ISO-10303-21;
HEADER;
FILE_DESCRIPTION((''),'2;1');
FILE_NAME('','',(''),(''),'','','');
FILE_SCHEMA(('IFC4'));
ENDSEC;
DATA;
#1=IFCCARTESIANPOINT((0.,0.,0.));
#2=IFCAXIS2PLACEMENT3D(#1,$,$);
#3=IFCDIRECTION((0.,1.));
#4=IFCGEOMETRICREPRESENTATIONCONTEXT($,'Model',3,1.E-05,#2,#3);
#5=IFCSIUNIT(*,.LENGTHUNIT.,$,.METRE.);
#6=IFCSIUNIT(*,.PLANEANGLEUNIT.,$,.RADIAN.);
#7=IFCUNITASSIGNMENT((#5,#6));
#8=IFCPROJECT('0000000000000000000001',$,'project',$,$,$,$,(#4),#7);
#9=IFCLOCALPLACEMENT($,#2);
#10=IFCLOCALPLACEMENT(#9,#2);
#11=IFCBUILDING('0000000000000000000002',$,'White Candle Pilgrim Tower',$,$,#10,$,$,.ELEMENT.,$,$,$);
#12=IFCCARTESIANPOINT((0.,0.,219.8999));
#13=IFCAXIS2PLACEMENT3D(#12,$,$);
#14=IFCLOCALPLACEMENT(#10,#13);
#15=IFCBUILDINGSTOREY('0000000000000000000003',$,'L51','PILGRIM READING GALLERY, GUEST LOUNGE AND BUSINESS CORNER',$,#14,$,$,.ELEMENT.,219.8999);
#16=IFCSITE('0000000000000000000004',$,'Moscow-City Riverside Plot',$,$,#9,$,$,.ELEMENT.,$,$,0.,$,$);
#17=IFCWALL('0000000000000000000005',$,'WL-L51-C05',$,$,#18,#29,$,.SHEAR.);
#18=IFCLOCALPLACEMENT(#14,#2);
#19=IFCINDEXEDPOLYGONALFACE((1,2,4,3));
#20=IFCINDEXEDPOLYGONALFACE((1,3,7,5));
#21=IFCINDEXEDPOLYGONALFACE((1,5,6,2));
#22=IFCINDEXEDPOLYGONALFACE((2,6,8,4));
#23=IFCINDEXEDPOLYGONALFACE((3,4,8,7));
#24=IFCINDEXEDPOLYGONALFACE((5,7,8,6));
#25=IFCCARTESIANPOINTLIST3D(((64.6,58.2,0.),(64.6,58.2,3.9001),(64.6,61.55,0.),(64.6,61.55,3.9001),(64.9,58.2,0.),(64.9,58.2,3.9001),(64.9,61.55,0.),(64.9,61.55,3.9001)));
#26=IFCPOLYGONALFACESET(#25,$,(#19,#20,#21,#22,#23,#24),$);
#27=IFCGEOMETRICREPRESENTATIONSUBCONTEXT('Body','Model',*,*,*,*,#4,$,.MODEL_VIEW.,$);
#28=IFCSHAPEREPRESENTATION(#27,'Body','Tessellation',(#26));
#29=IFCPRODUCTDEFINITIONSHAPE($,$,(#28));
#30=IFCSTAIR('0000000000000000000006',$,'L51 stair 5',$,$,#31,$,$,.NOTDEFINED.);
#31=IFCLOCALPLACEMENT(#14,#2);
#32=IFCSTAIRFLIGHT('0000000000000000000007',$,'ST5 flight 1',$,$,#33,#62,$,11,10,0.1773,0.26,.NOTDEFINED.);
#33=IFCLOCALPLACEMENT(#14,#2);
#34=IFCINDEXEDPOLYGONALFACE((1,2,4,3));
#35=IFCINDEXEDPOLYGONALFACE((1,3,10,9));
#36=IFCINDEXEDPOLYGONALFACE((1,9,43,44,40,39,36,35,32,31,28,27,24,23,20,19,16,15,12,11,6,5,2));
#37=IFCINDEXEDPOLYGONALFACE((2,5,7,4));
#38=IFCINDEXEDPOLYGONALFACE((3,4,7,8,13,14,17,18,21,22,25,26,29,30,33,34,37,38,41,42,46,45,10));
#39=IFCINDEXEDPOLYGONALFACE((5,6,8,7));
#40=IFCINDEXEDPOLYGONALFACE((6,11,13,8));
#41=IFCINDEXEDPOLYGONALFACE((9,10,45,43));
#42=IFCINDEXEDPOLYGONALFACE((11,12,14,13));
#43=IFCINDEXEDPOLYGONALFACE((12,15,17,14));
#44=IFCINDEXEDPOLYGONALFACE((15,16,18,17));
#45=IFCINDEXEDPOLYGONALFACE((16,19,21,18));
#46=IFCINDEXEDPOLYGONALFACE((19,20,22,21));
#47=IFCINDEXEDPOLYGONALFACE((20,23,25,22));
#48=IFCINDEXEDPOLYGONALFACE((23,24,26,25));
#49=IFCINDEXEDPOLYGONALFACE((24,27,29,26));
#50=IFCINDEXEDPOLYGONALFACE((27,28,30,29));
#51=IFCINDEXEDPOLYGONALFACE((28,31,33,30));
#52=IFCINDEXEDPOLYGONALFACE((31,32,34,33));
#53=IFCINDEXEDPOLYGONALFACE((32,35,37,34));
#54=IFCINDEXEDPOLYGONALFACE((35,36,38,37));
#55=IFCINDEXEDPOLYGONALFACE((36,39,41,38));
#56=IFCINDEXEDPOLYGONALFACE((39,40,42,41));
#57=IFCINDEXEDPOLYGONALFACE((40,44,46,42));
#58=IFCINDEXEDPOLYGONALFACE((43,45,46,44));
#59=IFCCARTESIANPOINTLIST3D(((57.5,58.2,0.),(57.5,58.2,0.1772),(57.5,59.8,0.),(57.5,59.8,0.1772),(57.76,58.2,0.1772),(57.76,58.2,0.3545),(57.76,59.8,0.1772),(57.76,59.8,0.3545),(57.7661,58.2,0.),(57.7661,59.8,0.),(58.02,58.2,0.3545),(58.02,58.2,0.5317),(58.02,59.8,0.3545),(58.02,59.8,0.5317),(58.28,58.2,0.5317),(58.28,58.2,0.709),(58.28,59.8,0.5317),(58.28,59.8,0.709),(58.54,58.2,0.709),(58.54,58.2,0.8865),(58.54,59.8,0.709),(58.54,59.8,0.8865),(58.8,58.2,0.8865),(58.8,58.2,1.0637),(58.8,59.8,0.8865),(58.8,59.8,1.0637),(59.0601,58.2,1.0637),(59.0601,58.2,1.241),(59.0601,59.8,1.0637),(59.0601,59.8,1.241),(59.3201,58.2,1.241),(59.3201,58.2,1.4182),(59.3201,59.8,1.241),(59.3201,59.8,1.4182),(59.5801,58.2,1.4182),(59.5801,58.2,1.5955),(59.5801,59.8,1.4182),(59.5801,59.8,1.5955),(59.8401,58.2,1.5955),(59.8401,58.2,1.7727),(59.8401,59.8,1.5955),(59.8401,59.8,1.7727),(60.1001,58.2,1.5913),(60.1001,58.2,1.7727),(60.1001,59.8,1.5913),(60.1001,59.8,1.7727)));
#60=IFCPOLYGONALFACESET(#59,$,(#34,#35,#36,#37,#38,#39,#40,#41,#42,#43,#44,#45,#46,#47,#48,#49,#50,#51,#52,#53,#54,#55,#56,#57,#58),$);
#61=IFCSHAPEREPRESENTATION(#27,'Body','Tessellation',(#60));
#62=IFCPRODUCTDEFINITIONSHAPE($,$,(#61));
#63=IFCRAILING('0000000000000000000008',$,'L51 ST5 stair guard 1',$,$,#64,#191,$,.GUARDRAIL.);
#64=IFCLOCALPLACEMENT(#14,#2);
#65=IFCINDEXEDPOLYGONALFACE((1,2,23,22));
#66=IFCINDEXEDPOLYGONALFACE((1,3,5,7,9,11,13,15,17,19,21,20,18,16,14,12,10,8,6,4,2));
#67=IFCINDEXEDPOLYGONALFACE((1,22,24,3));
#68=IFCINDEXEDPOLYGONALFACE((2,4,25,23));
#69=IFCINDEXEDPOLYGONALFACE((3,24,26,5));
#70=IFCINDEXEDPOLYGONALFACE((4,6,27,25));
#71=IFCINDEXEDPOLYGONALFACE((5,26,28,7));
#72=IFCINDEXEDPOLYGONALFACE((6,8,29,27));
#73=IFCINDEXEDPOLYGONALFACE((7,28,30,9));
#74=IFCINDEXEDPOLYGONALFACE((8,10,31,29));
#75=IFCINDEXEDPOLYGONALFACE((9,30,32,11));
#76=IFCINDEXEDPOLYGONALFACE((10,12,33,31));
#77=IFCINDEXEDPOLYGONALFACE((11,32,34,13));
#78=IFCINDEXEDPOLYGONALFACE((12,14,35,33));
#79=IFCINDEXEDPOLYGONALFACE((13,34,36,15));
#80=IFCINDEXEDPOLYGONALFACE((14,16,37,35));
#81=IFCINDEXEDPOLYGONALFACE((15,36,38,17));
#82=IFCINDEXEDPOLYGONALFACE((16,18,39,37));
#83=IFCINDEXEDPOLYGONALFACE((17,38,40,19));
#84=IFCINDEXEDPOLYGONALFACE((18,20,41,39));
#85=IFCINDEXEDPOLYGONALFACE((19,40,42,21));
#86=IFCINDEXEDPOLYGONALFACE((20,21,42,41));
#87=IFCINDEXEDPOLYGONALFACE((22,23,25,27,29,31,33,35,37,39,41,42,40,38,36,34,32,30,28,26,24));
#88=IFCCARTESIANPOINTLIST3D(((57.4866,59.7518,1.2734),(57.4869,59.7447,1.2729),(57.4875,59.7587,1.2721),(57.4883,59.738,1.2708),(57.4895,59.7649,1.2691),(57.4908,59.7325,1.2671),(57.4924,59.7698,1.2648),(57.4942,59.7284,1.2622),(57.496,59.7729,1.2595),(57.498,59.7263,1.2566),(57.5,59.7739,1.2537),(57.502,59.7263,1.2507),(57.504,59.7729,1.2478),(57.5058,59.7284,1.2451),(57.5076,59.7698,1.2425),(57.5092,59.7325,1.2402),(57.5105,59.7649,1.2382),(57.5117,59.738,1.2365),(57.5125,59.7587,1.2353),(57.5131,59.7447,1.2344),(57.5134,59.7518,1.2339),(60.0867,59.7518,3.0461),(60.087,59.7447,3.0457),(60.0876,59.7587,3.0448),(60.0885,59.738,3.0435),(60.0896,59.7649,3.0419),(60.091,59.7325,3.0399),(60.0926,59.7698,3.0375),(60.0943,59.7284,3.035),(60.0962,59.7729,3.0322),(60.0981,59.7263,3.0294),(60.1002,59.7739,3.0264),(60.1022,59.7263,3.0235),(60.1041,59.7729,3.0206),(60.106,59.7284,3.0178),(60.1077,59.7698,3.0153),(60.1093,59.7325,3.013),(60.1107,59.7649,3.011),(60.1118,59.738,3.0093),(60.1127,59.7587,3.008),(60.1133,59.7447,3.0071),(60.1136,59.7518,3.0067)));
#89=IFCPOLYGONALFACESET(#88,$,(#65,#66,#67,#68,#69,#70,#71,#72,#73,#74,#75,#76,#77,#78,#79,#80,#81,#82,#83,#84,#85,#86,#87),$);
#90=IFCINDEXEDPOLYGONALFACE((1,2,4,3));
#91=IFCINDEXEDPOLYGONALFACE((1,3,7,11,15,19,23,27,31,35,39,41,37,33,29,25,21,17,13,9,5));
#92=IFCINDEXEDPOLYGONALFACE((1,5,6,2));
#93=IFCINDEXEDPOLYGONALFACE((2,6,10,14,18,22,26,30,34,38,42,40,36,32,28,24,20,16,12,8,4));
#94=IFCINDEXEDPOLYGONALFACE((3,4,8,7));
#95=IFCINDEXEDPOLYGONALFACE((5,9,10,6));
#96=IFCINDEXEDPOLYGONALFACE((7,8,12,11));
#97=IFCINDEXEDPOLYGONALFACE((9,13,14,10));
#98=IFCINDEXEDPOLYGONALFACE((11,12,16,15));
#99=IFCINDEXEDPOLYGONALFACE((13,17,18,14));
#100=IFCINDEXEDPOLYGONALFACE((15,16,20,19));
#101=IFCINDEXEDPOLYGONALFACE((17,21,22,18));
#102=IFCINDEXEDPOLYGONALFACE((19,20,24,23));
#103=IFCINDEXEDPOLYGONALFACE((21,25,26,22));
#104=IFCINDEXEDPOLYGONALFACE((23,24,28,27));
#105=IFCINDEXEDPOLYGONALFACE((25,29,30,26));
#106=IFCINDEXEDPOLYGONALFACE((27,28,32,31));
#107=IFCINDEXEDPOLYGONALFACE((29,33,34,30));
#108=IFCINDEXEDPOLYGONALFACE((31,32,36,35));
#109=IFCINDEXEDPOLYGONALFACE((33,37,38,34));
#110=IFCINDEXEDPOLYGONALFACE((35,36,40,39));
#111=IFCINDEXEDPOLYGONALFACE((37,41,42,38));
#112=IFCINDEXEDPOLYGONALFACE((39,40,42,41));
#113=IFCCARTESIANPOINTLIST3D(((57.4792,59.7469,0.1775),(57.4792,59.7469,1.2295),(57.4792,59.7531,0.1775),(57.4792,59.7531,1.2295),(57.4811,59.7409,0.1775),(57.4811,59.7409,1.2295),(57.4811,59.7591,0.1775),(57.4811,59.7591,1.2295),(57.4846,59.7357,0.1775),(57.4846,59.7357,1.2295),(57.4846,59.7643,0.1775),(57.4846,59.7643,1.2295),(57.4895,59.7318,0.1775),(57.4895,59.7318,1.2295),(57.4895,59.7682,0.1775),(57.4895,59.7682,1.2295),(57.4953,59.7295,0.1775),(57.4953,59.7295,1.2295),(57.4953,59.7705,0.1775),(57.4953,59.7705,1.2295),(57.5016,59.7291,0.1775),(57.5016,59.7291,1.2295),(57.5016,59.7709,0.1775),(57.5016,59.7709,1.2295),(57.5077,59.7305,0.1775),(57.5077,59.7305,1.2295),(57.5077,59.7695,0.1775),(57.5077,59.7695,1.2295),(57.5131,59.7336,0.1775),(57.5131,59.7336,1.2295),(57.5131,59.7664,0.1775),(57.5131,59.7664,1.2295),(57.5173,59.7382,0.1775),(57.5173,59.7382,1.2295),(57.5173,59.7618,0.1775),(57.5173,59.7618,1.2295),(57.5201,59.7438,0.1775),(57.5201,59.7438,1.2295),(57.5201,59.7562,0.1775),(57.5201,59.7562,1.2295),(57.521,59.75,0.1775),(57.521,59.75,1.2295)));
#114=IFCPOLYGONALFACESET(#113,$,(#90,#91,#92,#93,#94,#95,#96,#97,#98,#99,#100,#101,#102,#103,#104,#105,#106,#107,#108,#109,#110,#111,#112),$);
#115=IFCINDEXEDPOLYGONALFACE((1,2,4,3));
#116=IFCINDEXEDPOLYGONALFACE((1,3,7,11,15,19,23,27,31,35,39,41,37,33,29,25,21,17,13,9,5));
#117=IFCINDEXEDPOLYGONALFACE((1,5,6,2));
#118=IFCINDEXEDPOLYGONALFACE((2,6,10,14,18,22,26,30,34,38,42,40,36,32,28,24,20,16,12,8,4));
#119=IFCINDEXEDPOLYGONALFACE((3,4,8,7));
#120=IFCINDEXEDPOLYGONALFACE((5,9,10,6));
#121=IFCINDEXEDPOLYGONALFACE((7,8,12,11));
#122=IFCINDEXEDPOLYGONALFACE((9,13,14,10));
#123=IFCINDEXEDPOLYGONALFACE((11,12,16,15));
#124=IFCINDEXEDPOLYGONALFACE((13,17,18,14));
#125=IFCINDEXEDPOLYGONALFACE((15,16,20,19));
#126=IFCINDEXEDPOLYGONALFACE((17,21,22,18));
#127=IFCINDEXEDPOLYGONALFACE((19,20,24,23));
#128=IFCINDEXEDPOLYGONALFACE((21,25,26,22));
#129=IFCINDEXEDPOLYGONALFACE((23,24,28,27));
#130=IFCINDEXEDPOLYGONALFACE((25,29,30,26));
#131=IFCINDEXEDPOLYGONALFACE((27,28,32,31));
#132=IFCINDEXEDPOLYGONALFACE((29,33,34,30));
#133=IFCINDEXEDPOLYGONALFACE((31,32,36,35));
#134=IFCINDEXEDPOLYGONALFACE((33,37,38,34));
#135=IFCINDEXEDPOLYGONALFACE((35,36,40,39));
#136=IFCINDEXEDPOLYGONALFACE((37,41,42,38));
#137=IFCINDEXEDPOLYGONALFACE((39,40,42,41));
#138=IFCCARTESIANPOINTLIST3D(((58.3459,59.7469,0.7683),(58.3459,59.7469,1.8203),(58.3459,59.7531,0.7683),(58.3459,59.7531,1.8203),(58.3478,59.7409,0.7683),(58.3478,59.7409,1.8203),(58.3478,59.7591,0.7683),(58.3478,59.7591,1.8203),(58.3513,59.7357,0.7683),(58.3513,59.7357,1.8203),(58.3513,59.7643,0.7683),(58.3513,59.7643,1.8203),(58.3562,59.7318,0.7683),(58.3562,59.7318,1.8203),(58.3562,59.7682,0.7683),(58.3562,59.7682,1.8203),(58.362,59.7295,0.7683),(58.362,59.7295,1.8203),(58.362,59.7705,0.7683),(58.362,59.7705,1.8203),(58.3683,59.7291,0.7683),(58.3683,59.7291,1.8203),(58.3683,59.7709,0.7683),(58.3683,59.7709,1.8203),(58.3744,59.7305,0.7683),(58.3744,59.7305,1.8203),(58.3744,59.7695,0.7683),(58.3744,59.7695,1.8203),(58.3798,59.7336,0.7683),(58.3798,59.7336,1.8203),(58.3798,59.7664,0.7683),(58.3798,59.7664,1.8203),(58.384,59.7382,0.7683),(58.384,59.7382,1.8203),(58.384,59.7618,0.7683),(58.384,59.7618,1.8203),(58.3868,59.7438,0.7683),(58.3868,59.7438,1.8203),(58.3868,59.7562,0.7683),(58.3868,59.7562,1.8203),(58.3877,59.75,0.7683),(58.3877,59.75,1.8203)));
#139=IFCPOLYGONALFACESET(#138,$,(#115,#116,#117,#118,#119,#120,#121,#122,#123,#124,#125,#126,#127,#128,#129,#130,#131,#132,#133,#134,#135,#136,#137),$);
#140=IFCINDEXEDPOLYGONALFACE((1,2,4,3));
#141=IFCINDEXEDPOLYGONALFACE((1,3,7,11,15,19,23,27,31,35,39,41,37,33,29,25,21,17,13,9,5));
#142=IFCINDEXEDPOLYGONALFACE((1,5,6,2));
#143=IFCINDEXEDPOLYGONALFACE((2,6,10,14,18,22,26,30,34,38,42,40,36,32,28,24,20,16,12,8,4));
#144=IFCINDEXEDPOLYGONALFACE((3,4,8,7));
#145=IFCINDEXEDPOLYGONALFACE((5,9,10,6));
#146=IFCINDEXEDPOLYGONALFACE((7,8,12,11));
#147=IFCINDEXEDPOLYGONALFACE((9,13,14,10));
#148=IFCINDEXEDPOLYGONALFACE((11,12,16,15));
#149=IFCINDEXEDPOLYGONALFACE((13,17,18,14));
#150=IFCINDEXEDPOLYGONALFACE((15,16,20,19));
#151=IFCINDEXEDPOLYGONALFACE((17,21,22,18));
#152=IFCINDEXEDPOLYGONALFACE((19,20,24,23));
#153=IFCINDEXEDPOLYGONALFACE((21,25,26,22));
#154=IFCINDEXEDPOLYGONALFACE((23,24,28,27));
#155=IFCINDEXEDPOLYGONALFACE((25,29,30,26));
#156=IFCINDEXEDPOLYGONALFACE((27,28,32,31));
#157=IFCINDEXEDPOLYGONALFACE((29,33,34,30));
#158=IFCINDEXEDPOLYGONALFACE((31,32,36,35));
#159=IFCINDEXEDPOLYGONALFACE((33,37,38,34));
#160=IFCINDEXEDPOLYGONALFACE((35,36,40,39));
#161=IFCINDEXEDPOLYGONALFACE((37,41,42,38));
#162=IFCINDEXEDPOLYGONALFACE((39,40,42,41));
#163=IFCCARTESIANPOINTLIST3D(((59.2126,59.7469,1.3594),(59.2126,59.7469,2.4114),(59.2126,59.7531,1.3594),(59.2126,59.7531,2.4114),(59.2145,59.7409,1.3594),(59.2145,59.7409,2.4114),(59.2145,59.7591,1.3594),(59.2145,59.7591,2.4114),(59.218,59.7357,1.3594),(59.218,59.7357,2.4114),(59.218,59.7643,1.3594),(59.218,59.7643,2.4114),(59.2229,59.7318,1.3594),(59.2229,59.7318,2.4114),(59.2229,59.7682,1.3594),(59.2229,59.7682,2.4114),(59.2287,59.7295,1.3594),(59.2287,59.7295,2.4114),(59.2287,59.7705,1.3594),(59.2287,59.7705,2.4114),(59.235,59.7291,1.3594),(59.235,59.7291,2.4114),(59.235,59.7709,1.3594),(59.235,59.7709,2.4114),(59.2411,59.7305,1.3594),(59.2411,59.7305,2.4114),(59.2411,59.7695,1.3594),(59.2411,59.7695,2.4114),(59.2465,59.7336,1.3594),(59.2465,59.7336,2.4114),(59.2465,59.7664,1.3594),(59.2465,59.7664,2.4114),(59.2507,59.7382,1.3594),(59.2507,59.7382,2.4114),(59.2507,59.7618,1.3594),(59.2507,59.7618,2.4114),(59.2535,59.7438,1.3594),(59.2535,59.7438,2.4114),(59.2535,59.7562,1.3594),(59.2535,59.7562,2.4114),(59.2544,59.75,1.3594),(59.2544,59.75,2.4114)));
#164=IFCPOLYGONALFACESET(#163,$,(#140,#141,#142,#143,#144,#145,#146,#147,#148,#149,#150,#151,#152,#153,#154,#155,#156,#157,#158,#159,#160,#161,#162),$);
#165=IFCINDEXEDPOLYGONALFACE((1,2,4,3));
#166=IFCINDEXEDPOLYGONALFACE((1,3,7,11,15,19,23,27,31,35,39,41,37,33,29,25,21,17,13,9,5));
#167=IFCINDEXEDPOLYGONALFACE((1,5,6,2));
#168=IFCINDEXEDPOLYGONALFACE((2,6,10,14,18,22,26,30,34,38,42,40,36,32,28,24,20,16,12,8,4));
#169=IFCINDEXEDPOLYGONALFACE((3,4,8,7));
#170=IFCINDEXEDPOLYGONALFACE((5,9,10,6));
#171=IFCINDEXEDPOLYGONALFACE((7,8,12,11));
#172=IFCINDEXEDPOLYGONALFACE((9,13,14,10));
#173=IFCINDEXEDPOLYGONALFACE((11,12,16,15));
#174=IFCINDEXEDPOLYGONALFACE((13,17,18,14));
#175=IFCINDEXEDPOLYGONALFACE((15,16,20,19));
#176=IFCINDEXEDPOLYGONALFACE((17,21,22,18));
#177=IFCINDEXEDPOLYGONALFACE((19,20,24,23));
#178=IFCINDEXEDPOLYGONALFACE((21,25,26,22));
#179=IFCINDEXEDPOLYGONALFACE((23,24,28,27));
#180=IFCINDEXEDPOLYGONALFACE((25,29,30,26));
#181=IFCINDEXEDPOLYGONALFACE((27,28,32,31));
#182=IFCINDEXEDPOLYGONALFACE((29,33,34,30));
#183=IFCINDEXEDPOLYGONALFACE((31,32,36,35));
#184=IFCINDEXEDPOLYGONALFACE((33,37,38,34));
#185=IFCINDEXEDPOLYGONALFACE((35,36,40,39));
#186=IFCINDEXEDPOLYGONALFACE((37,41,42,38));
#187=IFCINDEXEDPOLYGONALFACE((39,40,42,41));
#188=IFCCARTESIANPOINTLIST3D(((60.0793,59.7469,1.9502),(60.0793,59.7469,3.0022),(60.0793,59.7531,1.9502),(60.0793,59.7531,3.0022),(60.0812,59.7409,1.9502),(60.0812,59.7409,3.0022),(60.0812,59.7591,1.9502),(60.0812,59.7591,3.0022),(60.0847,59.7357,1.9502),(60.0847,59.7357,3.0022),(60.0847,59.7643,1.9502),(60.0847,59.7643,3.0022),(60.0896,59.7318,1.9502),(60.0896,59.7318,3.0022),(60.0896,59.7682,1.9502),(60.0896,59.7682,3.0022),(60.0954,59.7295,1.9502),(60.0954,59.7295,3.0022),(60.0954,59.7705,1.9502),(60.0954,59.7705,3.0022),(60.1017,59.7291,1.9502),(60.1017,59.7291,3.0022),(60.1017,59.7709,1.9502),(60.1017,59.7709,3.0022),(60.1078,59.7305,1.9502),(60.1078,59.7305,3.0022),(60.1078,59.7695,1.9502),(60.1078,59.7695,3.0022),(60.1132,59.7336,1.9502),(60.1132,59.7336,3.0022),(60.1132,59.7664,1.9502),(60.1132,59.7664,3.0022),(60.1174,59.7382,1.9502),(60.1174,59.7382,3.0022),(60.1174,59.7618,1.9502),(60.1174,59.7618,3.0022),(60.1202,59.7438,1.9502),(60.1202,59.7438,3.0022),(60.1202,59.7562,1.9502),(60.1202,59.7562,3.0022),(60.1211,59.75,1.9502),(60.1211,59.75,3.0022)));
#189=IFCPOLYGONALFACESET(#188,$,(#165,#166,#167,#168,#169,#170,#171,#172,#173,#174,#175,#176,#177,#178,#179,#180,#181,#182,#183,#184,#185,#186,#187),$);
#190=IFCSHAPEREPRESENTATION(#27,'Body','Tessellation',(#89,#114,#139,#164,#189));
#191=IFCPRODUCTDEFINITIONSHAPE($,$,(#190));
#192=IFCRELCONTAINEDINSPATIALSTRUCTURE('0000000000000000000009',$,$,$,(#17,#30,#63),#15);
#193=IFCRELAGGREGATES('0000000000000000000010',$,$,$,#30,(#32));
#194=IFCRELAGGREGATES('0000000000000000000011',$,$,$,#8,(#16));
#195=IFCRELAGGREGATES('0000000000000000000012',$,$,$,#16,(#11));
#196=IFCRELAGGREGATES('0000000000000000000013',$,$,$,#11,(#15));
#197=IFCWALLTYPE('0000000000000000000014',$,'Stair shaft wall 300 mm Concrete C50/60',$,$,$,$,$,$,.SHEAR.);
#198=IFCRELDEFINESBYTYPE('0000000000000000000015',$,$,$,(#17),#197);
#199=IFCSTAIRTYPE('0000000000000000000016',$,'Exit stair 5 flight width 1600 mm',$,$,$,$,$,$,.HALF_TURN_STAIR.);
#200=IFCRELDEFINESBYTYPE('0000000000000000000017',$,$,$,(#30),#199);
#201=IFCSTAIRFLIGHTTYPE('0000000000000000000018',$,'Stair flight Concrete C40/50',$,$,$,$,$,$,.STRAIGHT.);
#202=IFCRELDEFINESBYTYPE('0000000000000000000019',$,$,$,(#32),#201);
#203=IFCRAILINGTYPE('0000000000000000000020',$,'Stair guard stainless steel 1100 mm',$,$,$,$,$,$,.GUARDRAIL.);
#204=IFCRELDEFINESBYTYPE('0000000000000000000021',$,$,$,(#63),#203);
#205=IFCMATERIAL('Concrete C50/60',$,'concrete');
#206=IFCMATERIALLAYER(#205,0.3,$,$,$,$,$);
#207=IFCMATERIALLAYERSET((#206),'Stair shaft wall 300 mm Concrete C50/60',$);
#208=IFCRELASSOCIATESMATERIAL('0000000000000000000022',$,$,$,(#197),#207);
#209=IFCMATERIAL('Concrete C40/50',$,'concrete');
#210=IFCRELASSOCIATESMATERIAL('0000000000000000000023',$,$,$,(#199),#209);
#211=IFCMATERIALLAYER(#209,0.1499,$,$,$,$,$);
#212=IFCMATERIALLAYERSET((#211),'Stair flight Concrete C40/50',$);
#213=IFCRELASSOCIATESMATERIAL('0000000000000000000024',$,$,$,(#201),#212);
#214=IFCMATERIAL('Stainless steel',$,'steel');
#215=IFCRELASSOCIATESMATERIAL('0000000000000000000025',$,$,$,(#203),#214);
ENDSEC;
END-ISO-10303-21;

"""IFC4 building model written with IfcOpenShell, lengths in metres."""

from ifc_helpers import new_model, si_unit, direction, frame, frame_2d, origin, origin_2d, place, context, subcontext, project, spatial, polyline, rectangle, circle, outline, extrude, material, layer, layer_set, type_object, element, aggregate, save


model = new_model("IFC4")

# Units and contexts
model_context = context("Model", 3, precision=1e-05, world=origin(), true_north=direction((0.0, 1.0)))
body_context = subcontext(model_context, "Body", "Model", "MODEL_VIEW")
ifc_project = project(units=[si_unit("LENGTHUNIT", "METRE"), si_unit("PLANEANGLEUNIT", "RADIAN")], contexts=[model_context])

# Site, building, storey
site_placement = place(None, origin())
site = spatial("IfcSite", under=ifc_project, at=site_placement, Name="Moscow-City Riverside Plot", CompositionType="ELEMENT", RefElevation=0.0)
building_placement = place(site_placement, origin())
building = spatial("IfcBuilding", under=site, at=building_placement, Name="White Candle Pilgrim Tower", CompositionType="ELEMENT")
storey_placement = place(building_placement, frame((0.0, 0.0, 219.8999)))
storey = spatial("IfcBuildingStorey", under=building, at=storey_placement, Name="L51", Description="PILGRIM READING GALLERY, GUEST LOUNGE AND BUSINESS CORNER", CompositionType="ELEMENT", Elevation=219.8999)

# Shared definitions
ifc_material_1 = material(Name="Concrete C50/60", Category="concrete")

# Shared definitions
ifc_layer_1 = layer(ifc_material_1, 0.3)
ifc_layer_set_1 = layer_set([ifc_layer_1], Name="Stair shaft wall 300 mm Concrete C50/60")
wall_type_1 = type_object("IfcWallType", Name="Stair shaft wall 300 mm Concrete C50/60", PredefinedType="SHEAR", material=ifc_layer_set_1)

# Wall
wall_1_placement = place(storey_placement, frame((64.75, 58.2, 0.0), z_axis=(0.0, 0.0, 1.0), x_axis=(0.0, 1.0, 0.0)))
element("IfcWall", 1, at=wall_1_placement, inside=storey, type_object=wall_type_1, Name="WL-L51-C05", PredefinedType="SHEAR", context=body_context, shape_type="SweptSolid", body=[
    extrude(rectangle(XDim=3.3501, YDim=0.3, at=frame_2d((1.675, 0.0))), origin(), (0.0, 0.0, 1.0), 3.9001),
])

# Stair, stair flight
ifc_material_2 = material(Name="Concrete C40/50", Category="concrete")
stair_type = type_object("IfcStairType", Name="Exit stair 5 flight width 1600 mm", PredefinedType="HALF_TURN_STAIR", material=ifc_material_2)
stair_placement = place(storey_placement, origin())
stair = element("IfcStair", 2, at=stair_placement, inside=storey, type_object=stair_type, Name="L51 stair 5", PredefinedType="NOTDEFINED")
ifc_layer_2 = layer(ifc_material_2, 0.1499)
ifc_layer_set_2 = layer_set([ifc_layer_2], Name="Stair flight Concrete C40/50")
stair_flight_type = type_object("IfcStairFlightType", Name="Stair flight Concrete C40/50", PredefinedType="STRAIGHT", material=ifc_layer_set_2)
stair_flight_placement = place(storey_placement, frame((57.5, 59.0, 0.0), z_axis=(0.0, 0.0, 1.0), x_axis=(1.0, 0.0, 0.0)))
stair_flight = element("IfcStairFlight", 3, at=stair_flight_placement, type_object=stair_flight_type, Name="ST5 flight 1", NumberOfRisers=11, NumberOfTreads=10, PredefinedType="NOTDEFINED", RiserHeight=0.1773, TreadLength=0.26, context=body_context, shape_type="SweptSolid", body=[
    extrude(outline(polyline([(0.0, 0.0), (0.0, 0.1772), (0.26, 0.1772), (0.26, 0.3545), (0.52, 0.3545), (0.52, 0.5317), (0.78, 0.5317), (0.78, 0.709), (1.04, 0.709), (1.04, 0.8865), (1.3, 0.8865), (1.3, 1.0637), (1.5601, 1.0637), (1.5601, 1.241), (1.8201, 1.241), (1.8201, 1.4182), (2.0801, 1.4182), (2.0801, 1.5955), (2.3401, 1.5955), (2.3401, 1.7727), (2.6001, 1.7727), (2.6001, 1.95), (2.6001, 1.5913), (0.2661, 0.0), (0.0, 0.0)])), frame((0.0, 0.8, 0.0), z_axis=(0.0, -1.0, 0.0), x_axis=(1.0, 0.0, 0.0)), (0.0, 0.0, 1.0), 1.6001),
])
aggregate(stair, [stair_flight])

# Railing
ifc_material_3 = material(Name="Stainless steel", Category="steel")
railing_type_1 = type_object("IfcRailingType", Name="Stair guard stainless steel 1100 mm", PredefinedType="GUARDRAIL", material=ifc_material_3)
railing_1_placement = place(storey_placement, frame((57.5, 59.75, 0.1775)))
element("IfcRailing", 4, at=railing_1_placement, inside=storey, type_object=railing_type_1, Name="L51 ST5 stair guard 1", PredefinedType="GUARDRAIL", context=body_context, shape_type="SweptSolid", body=[
    extrude(circle(Radius=0.0239, at=origin_2d()), frame((0.0, 0.0, 1.0762), z_axis=(0.82624, 0.0, 0.563318), x_axis=(0.0, 1.0, 0.0)), (0.0, 0.0, 1.0), 3.147),
    extrude(circle(Radius=0.021, at=origin_2d()), origin(), (0.0, 0.0, 1.0), 1.052),
    extrude(circle(Radius=0.021, at=origin_2d()), frame((0.8667, 0.0, 0.5908)), (0.0, 0.0, 1.0), 1.052),
    extrude(circle(Radius=0.021, at=origin_2d()), frame((1.7334, 0.0, 1.1819)), (0.0, 0.0, 1.0), 1.052),
    extrude(circle(Radius=0.021, at=origin_2d()), frame((2.6001, 0.0, 1.7727)), (0.0, 0.0, 1.0), 1.052),
])

save(model, "model.ifc")
